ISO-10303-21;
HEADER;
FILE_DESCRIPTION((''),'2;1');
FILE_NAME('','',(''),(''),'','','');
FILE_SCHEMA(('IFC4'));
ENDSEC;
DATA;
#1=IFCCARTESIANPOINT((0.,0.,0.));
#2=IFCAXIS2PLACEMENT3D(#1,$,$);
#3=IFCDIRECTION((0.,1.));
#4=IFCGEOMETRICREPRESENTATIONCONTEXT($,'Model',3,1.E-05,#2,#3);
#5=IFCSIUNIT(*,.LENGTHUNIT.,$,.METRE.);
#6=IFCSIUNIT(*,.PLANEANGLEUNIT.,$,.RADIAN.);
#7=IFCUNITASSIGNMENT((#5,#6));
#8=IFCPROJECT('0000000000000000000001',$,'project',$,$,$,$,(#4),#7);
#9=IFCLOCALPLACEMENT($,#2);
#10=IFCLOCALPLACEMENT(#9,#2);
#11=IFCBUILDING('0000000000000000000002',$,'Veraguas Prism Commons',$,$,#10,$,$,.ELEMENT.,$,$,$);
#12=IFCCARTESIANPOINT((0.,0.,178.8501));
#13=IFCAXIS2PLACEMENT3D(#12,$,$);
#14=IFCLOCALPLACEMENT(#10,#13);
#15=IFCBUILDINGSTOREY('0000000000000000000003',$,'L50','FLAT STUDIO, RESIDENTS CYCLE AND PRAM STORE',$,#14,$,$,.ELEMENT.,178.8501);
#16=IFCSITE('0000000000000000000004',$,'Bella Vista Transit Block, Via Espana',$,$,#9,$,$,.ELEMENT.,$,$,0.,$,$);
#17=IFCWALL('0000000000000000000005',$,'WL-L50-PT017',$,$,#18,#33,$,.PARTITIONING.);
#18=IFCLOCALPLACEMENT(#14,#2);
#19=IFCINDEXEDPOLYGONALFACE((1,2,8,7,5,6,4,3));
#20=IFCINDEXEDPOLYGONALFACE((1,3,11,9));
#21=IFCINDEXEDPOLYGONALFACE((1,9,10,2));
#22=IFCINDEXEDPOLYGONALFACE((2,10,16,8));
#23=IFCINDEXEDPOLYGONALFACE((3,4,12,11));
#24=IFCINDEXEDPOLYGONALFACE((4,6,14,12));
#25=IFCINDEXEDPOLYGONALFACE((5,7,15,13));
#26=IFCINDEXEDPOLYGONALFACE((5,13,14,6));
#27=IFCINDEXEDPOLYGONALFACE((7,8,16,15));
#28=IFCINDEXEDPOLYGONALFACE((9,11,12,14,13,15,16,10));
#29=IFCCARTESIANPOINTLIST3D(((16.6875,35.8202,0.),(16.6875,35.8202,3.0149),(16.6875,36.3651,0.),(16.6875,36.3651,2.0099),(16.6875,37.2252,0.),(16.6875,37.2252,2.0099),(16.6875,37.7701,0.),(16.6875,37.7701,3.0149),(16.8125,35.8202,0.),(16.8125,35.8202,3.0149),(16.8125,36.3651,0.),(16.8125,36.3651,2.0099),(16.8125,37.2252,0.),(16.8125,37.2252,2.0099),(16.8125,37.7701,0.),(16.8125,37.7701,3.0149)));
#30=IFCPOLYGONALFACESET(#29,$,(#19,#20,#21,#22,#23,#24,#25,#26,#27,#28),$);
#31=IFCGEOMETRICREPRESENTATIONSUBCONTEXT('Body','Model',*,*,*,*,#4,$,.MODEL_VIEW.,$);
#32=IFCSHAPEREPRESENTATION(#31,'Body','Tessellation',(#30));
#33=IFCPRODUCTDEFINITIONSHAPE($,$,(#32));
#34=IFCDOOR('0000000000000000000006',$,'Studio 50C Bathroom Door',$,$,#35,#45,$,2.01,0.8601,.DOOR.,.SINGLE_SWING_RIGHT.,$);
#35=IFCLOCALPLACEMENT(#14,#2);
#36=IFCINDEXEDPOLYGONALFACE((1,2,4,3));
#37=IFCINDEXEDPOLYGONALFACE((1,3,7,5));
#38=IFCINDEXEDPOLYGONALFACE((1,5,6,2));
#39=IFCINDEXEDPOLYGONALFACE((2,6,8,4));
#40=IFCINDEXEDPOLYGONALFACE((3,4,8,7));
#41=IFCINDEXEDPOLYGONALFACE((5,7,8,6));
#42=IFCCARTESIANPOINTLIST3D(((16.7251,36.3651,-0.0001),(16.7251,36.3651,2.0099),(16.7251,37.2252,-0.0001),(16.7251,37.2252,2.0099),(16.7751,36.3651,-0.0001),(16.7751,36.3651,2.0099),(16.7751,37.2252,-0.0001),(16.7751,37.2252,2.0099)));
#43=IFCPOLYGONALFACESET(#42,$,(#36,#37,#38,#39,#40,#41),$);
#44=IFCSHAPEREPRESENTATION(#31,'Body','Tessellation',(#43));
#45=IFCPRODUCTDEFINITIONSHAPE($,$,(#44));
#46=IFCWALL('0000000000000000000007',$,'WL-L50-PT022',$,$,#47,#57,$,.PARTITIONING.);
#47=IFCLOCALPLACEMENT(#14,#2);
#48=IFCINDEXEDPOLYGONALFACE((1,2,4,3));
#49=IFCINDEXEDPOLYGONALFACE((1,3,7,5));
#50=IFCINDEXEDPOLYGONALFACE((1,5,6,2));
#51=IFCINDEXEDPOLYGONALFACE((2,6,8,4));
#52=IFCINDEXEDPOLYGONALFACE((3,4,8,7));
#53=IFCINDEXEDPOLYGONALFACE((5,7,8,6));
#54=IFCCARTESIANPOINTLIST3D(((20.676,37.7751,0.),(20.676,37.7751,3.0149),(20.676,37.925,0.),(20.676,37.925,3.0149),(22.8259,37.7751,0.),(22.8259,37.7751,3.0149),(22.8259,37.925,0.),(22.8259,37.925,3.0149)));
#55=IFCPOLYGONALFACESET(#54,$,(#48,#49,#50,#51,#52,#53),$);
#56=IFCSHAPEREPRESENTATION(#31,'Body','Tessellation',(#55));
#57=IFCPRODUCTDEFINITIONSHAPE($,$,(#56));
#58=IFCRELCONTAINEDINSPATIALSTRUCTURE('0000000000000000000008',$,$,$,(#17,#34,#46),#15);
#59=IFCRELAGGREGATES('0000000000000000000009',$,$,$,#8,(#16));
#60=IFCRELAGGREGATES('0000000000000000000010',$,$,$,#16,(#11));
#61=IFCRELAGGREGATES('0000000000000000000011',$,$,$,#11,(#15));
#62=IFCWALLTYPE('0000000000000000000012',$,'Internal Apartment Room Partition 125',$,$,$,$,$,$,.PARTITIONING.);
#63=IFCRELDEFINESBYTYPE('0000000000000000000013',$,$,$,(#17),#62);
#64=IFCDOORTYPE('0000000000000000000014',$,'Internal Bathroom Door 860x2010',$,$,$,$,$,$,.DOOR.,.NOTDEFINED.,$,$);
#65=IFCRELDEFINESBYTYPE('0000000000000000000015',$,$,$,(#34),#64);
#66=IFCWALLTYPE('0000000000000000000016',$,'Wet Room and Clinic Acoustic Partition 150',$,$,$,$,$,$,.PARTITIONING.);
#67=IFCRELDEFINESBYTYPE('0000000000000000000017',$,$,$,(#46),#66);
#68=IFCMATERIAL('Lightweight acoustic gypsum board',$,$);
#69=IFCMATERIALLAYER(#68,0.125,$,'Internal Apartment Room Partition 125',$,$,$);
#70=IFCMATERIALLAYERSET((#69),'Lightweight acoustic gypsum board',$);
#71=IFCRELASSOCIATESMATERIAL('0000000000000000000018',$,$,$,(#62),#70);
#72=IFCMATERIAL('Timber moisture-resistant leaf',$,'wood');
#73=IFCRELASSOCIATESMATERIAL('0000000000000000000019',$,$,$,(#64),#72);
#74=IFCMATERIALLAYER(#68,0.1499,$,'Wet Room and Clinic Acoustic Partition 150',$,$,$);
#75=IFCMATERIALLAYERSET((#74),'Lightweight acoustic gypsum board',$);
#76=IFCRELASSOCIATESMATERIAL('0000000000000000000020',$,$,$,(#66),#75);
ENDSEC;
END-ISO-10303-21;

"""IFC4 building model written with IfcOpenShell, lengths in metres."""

from ifc_helpers import new_model, si_unit, direction, frame, frame_2d, origin, place, context, subcontext, project, spatial, rectangle, extrude, source, transform, mapped, material, layer, layer_set, type_object, element, fill, save


model = new_model("IFC4")

# Units and contexts
model_context = context("Model", 3, precision=1e-05, world=origin(), true_north=direction((0.0, 1.0)))
body_context = subcontext(model_context, "Body", "Model", "MODEL_VIEW")
ifc_project = project(units=[si_unit("LENGTHUNIT", "METRE"), si_unit("PLANEANGLEUNIT", "RADIAN")], contexts=[model_context])

# Site, building, storey
site_placement = place(None, origin())
site = spatial("IfcSite", under=ifc_project, at=site_placement, Name="Bella Vista Transit Block, Via Espana", CompositionType="ELEMENT", RefElevation=0.0)
building_placement = place(site_placement, origin())
building = spatial("IfcBuilding", under=site, at=building_placement, Name="Veraguas Prism Commons", CompositionType="ELEMENT")
storey_placement = place(building_placement, frame((0.0, 0.0, 178.8501)))
storey = spatial("IfcBuildingStorey", under=building, at=storey_placement, Name="L50", Description="FLAT STUDIO, RESIDENTS CYCLE AND PRAM STORE", CompositionType="ELEMENT", Elevation=178.8501)

# Wall, opening, door
ifc_material_1 = material(Name="Lightweight acoustic gypsum board")
ifc_layer_1 = layer(ifc_material_1, 0.125, Name="Internal Apartment Room Partition 125")
ifc_layer_set_1 = layer_set([ifc_layer_1], Name="Lightweight acoustic gypsum board")
wall_type_1 = type_object("IfcWallType", Name="Internal Apartment Room Partition 125", PredefinedType="PARTITIONING", material=ifc_layer_set_1)
wall_1_placement = place(storey_placement, frame((16.75, 35.8201, 0.0), z_axis=(0.0, 0.0, 1.0), x_axis=(0.0, 1.0, 0.0)))
wall_1 = element("IfcWall", 1, at=wall_1_placement, inside=storey, type_object=wall_type_1, Name="WL-L50-PT017", PredefinedType="PARTITIONING", context=body_context, shape_type="SweptSolid", body=[
    extrude(rectangle(XDim=1.95, YDim=0.125, at=frame_2d((0.9751, 0.0))), origin(), (0.0, 0.0, 1.0), 3.0149),
])
opening_1_placement = place(wall_1_placement, frame((0.5449, 0.0, 0.0)))
opening_1 = element("IfcOpeningElement", 2, at=opening_1_placement, cuts=wall_1, PredefinedType="OPENING", context=body_context, shape_type="SweptSolid", body=[
    extrude(rectangle(XDim=0.8601, YDim=2.01, at=frame_2d((0.4302, 1.0049))), frame((0.0, 0.0725, 0.0), z_axis=(0.0, -1.0, 0.0), x_axis=(1.0, 0.0, 0.0)), (0.0, 0.0, 1.0), 0.145),
])
ifc_material_2 = material(Name="Timber moisture-resistant leaf", Category="wood")
door_type_1 = type_object("IfcDoorType", Name="Internal Bathroom Door 860x2010", OperationType="NOTDEFINED", PredefinedType="DOOR", material=ifc_material_2)
shared_shape_1 = source(origin(), body_context, "Body", "SweptSolid", [
    extrude(rectangle(XDim=0.8601, YDim=2.01, at=frame_2d((0.4302, 1.0049))), frame((0.0, 0.0249, 0.0), z_axis=(0.0, -1.0, 0.0), x_axis=(1.0, 0.0, 0.0)), (0.0, 0.0, 1.0), 0.05),
])
door_1_placement = place(opening_1_placement, origin())
door_1 = element("IfcDoor", 3, at=door_1_placement, inside=storey, type_object=door_type_1, Name="Studio 50C Bathroom Door", OperationType="SINGLE_SWING_RIGHT", OverallHeight=2.01, OverallWidth=0.8601, PredefinedType="DOOR", context=body_context, shape_type="MappedRepresentation", body=[
    mapped(shared_shape_1, transform((0.0, 0.0, 0.0), scale=1.0)),
])
fill(opening_1, door_1)

# Wall
ifc_layer_2 = layer(ifc_material_1, 0.1499, Name="Wet Room and Clinic Acoustic Partition 150")
ifc_layer_set_2 = layer_set([ifc_layer_2], Name="Lightweight acoustic gypsum board")
wall_type_2 = type_object("IfcWallType", Name="Wet Room and Clinic Acoustic Partition 150", PredefinedType="PARTITIONING", material=ifc_layer_set_2)
wall_2_placement = place(storey_placement, frame((20.676, 37.8501, 0.0), z_axis=(0.0, 0.0, 1.0), x_axis=(1.0, 0.0, 0.0)))
element("IfcWall", 4, at=wall_2_placement, inside=storey, type_object=wall_type_2, Name="WL-L50-PT022", PredefinedType="PARTITIONING", context=body_context, shape_type="SweptSolid", body=[
    extrude(rectangle(XDim=2.1499, YDim=0.1499, at=frame_2d((1.075, 0.0))), origin(), (0.0, 0.0, 1.0), 3.0149),
])

save(model, "model.ifc")
